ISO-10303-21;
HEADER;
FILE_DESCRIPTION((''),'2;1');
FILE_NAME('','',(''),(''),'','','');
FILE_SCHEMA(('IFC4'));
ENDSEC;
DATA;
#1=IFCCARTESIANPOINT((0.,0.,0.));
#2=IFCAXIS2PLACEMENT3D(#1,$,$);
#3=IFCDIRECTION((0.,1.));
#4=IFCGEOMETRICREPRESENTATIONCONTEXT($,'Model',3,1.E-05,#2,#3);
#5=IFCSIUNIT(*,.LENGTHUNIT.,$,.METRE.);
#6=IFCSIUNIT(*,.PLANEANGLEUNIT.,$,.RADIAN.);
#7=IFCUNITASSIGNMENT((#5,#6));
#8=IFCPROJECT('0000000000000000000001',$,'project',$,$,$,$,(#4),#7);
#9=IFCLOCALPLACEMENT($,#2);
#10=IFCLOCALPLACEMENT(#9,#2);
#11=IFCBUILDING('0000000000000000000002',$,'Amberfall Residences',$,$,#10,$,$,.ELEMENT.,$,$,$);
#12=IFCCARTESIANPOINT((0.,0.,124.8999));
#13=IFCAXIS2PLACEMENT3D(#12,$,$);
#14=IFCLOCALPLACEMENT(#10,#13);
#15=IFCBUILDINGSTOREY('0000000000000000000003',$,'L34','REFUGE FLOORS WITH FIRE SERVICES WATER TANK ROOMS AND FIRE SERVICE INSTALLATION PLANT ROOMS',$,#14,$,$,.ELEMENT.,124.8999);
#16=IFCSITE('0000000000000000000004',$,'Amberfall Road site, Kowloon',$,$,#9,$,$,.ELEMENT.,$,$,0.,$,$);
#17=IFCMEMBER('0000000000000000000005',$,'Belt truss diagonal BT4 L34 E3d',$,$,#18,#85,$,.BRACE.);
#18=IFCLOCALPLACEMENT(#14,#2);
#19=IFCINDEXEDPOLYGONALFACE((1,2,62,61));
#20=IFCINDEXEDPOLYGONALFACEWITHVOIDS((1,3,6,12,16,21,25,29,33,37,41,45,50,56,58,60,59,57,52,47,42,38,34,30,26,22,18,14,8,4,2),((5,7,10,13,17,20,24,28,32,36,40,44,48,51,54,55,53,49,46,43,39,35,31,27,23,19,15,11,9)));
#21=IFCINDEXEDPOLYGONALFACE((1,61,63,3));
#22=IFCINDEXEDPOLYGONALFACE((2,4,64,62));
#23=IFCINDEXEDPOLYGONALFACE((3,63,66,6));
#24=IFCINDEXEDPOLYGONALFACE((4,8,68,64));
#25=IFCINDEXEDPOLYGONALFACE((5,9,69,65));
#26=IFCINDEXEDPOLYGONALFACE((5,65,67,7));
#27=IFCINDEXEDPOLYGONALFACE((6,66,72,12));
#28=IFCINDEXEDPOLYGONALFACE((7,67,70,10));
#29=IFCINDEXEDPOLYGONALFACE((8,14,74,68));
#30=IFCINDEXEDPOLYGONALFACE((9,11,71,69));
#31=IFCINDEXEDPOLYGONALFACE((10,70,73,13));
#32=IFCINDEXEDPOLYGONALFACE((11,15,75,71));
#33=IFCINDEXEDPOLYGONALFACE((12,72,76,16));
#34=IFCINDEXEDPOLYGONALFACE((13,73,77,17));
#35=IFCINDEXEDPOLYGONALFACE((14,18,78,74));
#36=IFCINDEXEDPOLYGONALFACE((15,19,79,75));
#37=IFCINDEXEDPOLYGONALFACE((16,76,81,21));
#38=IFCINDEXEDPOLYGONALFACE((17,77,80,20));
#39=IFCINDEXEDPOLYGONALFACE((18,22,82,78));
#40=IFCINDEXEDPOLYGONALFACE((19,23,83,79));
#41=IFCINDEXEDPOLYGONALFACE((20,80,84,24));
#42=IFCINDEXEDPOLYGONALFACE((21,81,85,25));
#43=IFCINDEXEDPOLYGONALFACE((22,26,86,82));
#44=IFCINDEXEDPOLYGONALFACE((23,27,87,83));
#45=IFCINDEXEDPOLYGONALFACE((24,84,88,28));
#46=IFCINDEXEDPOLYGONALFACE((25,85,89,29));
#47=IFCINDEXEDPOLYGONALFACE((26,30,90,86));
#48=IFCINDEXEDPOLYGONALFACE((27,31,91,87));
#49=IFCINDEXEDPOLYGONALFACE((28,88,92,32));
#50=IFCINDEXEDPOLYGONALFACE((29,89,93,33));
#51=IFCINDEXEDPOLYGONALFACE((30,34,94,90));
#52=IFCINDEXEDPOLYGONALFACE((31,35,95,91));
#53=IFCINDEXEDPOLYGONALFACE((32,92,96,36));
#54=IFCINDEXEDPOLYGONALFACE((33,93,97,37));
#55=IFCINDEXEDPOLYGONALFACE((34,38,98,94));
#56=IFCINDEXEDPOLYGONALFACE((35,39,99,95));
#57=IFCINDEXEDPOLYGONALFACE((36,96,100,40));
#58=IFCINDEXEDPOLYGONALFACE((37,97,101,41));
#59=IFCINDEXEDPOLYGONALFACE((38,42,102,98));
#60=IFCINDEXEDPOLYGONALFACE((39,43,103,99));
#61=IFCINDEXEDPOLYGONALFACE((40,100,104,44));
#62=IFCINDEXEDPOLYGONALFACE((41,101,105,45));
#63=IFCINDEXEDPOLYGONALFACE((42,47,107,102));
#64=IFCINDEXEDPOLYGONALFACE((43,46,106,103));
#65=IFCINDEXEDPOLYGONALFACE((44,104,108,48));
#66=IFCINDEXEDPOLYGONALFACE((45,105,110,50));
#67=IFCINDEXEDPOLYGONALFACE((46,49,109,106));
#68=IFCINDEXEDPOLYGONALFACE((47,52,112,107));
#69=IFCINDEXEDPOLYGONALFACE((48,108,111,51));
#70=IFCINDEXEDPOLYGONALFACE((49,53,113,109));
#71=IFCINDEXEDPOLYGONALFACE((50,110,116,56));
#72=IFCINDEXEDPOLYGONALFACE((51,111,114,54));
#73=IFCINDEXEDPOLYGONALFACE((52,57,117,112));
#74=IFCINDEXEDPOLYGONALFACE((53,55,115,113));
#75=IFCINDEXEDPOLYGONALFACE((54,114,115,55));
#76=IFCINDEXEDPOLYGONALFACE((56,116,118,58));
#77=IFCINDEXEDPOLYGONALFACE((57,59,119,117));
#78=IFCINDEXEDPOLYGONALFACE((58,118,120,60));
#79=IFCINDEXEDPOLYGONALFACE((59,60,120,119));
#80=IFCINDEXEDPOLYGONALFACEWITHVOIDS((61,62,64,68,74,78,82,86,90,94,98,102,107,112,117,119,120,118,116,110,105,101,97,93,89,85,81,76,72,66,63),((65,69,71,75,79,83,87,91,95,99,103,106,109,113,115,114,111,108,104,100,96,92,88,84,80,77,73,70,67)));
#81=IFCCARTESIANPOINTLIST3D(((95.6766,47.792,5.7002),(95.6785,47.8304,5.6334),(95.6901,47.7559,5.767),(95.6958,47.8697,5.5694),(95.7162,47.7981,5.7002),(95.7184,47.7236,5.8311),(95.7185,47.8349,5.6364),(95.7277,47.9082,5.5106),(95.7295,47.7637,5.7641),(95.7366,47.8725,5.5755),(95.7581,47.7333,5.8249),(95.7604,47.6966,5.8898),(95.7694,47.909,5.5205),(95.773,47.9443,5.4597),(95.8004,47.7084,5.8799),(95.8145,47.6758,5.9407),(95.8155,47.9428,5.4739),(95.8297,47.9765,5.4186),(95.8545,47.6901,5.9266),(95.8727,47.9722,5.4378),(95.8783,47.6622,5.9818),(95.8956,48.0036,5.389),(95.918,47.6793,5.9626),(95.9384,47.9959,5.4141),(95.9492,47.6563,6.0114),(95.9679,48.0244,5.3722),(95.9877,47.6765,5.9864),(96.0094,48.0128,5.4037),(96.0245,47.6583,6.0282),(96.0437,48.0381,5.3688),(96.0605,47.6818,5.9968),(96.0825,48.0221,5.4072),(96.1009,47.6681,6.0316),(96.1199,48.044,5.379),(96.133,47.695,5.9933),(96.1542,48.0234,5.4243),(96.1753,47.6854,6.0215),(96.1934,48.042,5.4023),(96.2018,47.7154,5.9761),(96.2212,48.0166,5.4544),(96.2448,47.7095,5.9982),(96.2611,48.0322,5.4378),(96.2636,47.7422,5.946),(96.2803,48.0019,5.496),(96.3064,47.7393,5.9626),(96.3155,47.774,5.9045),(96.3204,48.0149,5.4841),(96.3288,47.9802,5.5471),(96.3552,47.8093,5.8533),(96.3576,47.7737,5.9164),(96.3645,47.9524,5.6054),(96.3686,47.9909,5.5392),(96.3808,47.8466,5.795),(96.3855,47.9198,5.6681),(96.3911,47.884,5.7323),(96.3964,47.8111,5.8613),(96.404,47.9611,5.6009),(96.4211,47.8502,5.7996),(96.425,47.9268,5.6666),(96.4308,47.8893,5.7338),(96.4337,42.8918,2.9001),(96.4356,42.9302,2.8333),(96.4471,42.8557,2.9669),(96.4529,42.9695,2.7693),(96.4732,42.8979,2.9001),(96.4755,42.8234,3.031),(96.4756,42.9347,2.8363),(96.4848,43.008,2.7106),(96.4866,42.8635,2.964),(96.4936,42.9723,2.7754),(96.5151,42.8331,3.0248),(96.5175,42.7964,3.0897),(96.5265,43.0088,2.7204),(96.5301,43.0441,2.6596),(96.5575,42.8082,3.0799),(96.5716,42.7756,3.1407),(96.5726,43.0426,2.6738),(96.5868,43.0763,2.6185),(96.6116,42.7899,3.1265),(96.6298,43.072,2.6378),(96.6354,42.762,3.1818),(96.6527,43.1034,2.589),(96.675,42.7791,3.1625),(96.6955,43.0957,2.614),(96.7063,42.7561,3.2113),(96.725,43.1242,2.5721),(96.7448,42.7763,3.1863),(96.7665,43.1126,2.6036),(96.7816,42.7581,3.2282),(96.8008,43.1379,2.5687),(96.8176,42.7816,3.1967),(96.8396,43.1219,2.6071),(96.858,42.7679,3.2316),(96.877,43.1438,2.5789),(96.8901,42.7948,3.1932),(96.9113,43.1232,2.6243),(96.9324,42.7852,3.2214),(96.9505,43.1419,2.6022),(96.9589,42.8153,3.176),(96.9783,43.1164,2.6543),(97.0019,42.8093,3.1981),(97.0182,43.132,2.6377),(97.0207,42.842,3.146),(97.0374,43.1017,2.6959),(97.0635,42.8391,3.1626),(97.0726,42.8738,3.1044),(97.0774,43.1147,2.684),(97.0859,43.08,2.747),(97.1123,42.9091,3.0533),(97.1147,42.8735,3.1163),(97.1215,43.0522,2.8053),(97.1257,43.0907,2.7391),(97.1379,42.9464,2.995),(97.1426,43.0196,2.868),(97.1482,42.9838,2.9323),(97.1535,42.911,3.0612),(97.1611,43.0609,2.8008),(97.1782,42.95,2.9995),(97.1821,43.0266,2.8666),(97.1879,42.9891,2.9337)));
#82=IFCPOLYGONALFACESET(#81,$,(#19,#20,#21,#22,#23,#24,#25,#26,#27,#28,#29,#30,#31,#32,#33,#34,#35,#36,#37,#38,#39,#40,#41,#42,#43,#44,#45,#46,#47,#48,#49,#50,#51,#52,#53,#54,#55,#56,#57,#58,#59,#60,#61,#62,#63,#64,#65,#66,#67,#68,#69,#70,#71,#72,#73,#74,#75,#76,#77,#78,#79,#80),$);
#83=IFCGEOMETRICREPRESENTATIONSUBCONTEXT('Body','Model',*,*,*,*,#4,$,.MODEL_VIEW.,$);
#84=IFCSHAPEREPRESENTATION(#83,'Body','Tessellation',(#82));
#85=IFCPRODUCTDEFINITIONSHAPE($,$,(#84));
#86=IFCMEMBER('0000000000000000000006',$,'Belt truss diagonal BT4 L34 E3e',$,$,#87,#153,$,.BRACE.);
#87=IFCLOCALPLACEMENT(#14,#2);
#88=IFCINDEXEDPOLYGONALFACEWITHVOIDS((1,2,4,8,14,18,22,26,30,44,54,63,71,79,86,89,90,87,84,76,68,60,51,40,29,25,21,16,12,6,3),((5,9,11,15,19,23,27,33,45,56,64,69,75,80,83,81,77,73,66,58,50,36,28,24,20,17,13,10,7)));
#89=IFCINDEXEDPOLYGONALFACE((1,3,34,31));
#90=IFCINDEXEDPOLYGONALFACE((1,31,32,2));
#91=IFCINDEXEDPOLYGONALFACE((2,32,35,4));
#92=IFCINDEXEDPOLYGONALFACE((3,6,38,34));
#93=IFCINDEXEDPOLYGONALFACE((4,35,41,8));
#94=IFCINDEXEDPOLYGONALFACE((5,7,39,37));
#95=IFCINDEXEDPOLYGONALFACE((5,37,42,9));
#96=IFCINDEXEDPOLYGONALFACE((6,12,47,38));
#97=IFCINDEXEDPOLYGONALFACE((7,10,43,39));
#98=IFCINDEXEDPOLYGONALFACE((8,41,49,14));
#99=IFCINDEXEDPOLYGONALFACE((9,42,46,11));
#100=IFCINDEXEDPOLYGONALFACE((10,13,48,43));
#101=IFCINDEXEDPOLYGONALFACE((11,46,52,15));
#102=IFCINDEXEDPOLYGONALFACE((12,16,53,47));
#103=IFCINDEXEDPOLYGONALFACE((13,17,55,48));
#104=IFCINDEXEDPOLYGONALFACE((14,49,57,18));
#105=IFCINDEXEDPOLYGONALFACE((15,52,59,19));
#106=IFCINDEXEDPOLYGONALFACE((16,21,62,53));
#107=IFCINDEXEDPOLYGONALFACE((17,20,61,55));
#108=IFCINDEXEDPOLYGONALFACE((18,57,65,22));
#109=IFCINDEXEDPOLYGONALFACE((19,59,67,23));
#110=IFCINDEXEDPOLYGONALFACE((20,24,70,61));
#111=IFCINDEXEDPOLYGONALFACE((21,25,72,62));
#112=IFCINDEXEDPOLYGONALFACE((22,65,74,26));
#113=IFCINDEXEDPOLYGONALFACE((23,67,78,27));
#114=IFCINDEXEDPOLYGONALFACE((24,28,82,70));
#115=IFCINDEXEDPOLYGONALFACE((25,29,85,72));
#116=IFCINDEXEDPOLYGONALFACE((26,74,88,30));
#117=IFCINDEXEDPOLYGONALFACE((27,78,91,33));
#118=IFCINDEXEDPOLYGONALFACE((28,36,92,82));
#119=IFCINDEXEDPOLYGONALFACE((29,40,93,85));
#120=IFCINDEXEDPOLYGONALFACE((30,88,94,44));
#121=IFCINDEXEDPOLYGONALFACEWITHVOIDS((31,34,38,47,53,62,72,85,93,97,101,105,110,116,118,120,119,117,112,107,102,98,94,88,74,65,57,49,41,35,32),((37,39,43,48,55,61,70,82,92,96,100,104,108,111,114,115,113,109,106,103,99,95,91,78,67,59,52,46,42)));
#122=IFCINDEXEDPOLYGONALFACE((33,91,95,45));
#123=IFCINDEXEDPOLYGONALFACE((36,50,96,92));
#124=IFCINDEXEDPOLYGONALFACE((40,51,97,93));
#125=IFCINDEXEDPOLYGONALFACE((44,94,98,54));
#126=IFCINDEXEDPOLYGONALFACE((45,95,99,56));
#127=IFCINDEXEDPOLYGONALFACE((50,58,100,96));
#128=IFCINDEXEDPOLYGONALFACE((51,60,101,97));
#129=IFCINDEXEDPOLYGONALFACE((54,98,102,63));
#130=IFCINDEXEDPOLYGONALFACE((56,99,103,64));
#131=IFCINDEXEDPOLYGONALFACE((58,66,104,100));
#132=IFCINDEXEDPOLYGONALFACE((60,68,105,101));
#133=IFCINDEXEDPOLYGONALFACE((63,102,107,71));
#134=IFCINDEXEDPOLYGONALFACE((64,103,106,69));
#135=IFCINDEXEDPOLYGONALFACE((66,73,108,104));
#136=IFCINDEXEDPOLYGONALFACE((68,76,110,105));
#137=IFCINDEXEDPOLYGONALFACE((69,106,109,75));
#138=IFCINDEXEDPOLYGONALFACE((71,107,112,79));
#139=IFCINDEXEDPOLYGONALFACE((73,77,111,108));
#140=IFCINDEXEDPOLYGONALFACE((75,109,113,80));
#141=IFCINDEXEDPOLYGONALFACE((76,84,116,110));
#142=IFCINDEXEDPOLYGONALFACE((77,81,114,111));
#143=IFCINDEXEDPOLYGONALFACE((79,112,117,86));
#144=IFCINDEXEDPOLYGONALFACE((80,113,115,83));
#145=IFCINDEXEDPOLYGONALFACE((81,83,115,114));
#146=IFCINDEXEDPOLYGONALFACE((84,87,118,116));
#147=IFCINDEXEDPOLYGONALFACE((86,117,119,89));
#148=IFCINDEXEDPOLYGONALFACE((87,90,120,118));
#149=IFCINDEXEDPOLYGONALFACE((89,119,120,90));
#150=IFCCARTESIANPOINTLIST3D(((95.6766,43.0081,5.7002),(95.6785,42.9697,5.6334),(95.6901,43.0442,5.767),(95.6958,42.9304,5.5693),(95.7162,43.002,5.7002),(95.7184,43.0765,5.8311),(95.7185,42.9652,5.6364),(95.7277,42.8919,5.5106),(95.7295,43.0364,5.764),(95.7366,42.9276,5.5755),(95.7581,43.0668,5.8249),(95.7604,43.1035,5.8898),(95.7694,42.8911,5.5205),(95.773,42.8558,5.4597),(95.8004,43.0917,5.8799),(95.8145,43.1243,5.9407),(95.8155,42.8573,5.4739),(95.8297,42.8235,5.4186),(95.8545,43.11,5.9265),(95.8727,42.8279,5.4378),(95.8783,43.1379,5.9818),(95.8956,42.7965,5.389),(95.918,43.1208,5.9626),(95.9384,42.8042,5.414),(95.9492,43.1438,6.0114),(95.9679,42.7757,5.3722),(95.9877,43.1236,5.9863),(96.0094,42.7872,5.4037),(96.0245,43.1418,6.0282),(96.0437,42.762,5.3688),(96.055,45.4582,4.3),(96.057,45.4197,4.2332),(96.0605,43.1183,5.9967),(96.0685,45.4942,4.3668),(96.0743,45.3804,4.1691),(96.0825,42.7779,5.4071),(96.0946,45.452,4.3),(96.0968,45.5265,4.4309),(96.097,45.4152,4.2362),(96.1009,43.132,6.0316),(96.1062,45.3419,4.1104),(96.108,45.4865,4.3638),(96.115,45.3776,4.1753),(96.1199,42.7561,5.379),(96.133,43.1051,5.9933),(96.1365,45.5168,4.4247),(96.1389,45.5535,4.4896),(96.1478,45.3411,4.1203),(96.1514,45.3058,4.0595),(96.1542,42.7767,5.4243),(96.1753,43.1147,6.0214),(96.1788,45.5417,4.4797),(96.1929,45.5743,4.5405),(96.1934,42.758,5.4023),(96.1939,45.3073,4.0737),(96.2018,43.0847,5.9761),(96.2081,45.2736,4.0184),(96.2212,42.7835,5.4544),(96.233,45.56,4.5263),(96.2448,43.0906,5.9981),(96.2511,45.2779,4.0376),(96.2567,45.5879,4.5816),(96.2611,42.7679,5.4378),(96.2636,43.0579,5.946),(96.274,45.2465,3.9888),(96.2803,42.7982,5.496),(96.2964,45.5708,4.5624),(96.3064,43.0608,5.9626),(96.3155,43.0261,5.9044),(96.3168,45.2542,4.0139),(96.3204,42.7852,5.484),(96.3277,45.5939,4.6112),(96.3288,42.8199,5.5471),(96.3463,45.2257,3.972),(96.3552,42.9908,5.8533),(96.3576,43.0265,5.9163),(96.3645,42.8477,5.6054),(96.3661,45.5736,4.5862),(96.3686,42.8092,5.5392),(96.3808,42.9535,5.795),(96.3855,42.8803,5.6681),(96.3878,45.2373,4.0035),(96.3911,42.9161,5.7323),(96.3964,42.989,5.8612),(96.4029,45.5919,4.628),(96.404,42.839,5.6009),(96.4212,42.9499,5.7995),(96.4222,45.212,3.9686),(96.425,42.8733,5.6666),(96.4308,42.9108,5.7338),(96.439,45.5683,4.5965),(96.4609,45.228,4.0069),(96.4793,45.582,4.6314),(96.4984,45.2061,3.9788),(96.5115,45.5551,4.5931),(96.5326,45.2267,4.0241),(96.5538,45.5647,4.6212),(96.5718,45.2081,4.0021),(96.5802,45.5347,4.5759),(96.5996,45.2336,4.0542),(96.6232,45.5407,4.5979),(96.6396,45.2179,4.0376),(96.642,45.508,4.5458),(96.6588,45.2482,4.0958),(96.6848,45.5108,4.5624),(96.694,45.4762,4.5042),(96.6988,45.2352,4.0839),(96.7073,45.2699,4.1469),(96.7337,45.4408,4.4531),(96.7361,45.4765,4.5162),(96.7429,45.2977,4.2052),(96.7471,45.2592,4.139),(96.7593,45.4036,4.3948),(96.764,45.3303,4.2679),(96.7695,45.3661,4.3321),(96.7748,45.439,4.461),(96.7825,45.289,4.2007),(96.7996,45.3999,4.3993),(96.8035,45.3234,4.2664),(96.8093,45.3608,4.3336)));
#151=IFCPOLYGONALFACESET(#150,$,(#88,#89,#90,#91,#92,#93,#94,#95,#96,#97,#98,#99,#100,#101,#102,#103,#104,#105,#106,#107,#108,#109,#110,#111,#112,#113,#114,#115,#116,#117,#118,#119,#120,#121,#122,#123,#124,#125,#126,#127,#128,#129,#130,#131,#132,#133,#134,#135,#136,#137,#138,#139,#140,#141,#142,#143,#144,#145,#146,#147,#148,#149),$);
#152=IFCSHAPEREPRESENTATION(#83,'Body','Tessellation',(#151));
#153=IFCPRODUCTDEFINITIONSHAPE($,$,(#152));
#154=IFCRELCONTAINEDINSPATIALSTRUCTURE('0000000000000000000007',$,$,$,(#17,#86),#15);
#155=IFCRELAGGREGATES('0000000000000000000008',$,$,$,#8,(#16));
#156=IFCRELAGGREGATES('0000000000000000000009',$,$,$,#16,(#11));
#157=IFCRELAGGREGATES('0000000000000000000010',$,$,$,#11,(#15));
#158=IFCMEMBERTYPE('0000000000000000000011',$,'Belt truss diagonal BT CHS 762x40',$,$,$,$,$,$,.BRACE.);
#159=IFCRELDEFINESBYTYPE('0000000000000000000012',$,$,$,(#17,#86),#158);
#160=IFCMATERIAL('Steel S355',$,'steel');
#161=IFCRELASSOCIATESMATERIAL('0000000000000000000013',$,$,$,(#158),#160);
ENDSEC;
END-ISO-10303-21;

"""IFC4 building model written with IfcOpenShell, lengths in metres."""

from ifc_helpers import new_model, si_unit, direction, frame, origin, origin_2d, place, context, subcontext, project, spatial, hollow_circle, extrude, material, material_profile, profile_set, type_object, element, save


model = new_model("IFC4")

# Units and contexts
model_context = context("Model", 3, precision=1e-05, world=origin(), true_north=direction((0.0, 1.0)))
body_context = subcontext(model_context, "Body", "Model", "MODEL_VIEW")
ifc_project = project(units=[si_unit("LENGTHUNIT", "METRE"), si_unit("PLANEANGLEUNIT", "RADIAN")], contexts=[model_context])

# Site, building, storey
site_placement = place(None, origin())
site = spatial("IfcSite", under=ifc_project, at=site_placement, Name="Amberfall Road site, Kowloon", CompositionType="ELEMENT", RefElevation=0.0)
building_placement = place(site_placement, origin())
building = spatial("IfcBuilding", under=site, at=building_placement, Name="Amberfall Residences", CompositionType="ELEMENT")
storey_placement = place(building_placement, frame((0.0, 0.0, 124.8999)))
storey = spatial("IfcBuildingStorey", under=building, at=storey_placement, Name="L34", Description="REFUGE FLOORS WITH FIRE SERVICES WATER TANK ROOMS AND FIRE SERVICE INSTALLATION PLANT ROOMS", CompositionType="ELEMENT", Elevation=124.8999)

# Shared definitions
ifc_material_1 = material(Name="Steel S355", Category="steel")

# Members
ifc_material_profile_1 = material_profile(ifc_material_1, hollow_circle(Radius=0.3811, WallThickness=0.04, at=origin_2d()), Name="CHS 762x40")
ifc_profile_set_1 = profile_set([ifc_material_profile_1], Name="Steel S355")
member_type_1 = type_object("IfcMemberType", Name="Belt truss diagonal BT CHS 762x40", PredefinedType="BRACE", material=ifc_profile_set_1)
member_1_placement = place(storey_placement, frame((96.8103, 42.95, 2.9001), z_axis=(-0.132954, 0.860538, 0.49173), x_axis=(-0.988274, -0.15269, 0.0)))
element("IfcMember", 1, at=member_1_placement, inside=storey, type_object=member_type_1, Name="Belt truss diagonal BT4 L34 E3d", PredefinedType="BRACE", context=body_context, shape_type="SweptSolid", body=[
    extrude(hollow_circle(Radius=0.3811, WallThickness=0.04, at=origin_2d()), origin(), (0.0, 0.0, 1.0), 5.6943),
])
for number, where, z_axis, x_axis, name in (
    (2, (96.0532, 42.95, 5.7002), (0.132914, 0.860513, -0.491783), (-0.98828, 0.152649, 0.0), "Belt truss diagonal BT4 L34 E3e"),
):
    element("IfcMember", number, at=place(storey_placement, frame(where, z_axis=z_axis, x_axis=x_axis)), inside=storey, type_object=member_type_1, Name=name, PredefinedType="BRACE", context=body_context, shape_type="SweptSolid", body=[
        extrude(hollow_circle(Radius=0.3811, WallThickness=0.04, at=origin_2d()), origin(), (0.0, 0.0, 1.0), 2.8472),
    ])

save(model, "model.ifc")
